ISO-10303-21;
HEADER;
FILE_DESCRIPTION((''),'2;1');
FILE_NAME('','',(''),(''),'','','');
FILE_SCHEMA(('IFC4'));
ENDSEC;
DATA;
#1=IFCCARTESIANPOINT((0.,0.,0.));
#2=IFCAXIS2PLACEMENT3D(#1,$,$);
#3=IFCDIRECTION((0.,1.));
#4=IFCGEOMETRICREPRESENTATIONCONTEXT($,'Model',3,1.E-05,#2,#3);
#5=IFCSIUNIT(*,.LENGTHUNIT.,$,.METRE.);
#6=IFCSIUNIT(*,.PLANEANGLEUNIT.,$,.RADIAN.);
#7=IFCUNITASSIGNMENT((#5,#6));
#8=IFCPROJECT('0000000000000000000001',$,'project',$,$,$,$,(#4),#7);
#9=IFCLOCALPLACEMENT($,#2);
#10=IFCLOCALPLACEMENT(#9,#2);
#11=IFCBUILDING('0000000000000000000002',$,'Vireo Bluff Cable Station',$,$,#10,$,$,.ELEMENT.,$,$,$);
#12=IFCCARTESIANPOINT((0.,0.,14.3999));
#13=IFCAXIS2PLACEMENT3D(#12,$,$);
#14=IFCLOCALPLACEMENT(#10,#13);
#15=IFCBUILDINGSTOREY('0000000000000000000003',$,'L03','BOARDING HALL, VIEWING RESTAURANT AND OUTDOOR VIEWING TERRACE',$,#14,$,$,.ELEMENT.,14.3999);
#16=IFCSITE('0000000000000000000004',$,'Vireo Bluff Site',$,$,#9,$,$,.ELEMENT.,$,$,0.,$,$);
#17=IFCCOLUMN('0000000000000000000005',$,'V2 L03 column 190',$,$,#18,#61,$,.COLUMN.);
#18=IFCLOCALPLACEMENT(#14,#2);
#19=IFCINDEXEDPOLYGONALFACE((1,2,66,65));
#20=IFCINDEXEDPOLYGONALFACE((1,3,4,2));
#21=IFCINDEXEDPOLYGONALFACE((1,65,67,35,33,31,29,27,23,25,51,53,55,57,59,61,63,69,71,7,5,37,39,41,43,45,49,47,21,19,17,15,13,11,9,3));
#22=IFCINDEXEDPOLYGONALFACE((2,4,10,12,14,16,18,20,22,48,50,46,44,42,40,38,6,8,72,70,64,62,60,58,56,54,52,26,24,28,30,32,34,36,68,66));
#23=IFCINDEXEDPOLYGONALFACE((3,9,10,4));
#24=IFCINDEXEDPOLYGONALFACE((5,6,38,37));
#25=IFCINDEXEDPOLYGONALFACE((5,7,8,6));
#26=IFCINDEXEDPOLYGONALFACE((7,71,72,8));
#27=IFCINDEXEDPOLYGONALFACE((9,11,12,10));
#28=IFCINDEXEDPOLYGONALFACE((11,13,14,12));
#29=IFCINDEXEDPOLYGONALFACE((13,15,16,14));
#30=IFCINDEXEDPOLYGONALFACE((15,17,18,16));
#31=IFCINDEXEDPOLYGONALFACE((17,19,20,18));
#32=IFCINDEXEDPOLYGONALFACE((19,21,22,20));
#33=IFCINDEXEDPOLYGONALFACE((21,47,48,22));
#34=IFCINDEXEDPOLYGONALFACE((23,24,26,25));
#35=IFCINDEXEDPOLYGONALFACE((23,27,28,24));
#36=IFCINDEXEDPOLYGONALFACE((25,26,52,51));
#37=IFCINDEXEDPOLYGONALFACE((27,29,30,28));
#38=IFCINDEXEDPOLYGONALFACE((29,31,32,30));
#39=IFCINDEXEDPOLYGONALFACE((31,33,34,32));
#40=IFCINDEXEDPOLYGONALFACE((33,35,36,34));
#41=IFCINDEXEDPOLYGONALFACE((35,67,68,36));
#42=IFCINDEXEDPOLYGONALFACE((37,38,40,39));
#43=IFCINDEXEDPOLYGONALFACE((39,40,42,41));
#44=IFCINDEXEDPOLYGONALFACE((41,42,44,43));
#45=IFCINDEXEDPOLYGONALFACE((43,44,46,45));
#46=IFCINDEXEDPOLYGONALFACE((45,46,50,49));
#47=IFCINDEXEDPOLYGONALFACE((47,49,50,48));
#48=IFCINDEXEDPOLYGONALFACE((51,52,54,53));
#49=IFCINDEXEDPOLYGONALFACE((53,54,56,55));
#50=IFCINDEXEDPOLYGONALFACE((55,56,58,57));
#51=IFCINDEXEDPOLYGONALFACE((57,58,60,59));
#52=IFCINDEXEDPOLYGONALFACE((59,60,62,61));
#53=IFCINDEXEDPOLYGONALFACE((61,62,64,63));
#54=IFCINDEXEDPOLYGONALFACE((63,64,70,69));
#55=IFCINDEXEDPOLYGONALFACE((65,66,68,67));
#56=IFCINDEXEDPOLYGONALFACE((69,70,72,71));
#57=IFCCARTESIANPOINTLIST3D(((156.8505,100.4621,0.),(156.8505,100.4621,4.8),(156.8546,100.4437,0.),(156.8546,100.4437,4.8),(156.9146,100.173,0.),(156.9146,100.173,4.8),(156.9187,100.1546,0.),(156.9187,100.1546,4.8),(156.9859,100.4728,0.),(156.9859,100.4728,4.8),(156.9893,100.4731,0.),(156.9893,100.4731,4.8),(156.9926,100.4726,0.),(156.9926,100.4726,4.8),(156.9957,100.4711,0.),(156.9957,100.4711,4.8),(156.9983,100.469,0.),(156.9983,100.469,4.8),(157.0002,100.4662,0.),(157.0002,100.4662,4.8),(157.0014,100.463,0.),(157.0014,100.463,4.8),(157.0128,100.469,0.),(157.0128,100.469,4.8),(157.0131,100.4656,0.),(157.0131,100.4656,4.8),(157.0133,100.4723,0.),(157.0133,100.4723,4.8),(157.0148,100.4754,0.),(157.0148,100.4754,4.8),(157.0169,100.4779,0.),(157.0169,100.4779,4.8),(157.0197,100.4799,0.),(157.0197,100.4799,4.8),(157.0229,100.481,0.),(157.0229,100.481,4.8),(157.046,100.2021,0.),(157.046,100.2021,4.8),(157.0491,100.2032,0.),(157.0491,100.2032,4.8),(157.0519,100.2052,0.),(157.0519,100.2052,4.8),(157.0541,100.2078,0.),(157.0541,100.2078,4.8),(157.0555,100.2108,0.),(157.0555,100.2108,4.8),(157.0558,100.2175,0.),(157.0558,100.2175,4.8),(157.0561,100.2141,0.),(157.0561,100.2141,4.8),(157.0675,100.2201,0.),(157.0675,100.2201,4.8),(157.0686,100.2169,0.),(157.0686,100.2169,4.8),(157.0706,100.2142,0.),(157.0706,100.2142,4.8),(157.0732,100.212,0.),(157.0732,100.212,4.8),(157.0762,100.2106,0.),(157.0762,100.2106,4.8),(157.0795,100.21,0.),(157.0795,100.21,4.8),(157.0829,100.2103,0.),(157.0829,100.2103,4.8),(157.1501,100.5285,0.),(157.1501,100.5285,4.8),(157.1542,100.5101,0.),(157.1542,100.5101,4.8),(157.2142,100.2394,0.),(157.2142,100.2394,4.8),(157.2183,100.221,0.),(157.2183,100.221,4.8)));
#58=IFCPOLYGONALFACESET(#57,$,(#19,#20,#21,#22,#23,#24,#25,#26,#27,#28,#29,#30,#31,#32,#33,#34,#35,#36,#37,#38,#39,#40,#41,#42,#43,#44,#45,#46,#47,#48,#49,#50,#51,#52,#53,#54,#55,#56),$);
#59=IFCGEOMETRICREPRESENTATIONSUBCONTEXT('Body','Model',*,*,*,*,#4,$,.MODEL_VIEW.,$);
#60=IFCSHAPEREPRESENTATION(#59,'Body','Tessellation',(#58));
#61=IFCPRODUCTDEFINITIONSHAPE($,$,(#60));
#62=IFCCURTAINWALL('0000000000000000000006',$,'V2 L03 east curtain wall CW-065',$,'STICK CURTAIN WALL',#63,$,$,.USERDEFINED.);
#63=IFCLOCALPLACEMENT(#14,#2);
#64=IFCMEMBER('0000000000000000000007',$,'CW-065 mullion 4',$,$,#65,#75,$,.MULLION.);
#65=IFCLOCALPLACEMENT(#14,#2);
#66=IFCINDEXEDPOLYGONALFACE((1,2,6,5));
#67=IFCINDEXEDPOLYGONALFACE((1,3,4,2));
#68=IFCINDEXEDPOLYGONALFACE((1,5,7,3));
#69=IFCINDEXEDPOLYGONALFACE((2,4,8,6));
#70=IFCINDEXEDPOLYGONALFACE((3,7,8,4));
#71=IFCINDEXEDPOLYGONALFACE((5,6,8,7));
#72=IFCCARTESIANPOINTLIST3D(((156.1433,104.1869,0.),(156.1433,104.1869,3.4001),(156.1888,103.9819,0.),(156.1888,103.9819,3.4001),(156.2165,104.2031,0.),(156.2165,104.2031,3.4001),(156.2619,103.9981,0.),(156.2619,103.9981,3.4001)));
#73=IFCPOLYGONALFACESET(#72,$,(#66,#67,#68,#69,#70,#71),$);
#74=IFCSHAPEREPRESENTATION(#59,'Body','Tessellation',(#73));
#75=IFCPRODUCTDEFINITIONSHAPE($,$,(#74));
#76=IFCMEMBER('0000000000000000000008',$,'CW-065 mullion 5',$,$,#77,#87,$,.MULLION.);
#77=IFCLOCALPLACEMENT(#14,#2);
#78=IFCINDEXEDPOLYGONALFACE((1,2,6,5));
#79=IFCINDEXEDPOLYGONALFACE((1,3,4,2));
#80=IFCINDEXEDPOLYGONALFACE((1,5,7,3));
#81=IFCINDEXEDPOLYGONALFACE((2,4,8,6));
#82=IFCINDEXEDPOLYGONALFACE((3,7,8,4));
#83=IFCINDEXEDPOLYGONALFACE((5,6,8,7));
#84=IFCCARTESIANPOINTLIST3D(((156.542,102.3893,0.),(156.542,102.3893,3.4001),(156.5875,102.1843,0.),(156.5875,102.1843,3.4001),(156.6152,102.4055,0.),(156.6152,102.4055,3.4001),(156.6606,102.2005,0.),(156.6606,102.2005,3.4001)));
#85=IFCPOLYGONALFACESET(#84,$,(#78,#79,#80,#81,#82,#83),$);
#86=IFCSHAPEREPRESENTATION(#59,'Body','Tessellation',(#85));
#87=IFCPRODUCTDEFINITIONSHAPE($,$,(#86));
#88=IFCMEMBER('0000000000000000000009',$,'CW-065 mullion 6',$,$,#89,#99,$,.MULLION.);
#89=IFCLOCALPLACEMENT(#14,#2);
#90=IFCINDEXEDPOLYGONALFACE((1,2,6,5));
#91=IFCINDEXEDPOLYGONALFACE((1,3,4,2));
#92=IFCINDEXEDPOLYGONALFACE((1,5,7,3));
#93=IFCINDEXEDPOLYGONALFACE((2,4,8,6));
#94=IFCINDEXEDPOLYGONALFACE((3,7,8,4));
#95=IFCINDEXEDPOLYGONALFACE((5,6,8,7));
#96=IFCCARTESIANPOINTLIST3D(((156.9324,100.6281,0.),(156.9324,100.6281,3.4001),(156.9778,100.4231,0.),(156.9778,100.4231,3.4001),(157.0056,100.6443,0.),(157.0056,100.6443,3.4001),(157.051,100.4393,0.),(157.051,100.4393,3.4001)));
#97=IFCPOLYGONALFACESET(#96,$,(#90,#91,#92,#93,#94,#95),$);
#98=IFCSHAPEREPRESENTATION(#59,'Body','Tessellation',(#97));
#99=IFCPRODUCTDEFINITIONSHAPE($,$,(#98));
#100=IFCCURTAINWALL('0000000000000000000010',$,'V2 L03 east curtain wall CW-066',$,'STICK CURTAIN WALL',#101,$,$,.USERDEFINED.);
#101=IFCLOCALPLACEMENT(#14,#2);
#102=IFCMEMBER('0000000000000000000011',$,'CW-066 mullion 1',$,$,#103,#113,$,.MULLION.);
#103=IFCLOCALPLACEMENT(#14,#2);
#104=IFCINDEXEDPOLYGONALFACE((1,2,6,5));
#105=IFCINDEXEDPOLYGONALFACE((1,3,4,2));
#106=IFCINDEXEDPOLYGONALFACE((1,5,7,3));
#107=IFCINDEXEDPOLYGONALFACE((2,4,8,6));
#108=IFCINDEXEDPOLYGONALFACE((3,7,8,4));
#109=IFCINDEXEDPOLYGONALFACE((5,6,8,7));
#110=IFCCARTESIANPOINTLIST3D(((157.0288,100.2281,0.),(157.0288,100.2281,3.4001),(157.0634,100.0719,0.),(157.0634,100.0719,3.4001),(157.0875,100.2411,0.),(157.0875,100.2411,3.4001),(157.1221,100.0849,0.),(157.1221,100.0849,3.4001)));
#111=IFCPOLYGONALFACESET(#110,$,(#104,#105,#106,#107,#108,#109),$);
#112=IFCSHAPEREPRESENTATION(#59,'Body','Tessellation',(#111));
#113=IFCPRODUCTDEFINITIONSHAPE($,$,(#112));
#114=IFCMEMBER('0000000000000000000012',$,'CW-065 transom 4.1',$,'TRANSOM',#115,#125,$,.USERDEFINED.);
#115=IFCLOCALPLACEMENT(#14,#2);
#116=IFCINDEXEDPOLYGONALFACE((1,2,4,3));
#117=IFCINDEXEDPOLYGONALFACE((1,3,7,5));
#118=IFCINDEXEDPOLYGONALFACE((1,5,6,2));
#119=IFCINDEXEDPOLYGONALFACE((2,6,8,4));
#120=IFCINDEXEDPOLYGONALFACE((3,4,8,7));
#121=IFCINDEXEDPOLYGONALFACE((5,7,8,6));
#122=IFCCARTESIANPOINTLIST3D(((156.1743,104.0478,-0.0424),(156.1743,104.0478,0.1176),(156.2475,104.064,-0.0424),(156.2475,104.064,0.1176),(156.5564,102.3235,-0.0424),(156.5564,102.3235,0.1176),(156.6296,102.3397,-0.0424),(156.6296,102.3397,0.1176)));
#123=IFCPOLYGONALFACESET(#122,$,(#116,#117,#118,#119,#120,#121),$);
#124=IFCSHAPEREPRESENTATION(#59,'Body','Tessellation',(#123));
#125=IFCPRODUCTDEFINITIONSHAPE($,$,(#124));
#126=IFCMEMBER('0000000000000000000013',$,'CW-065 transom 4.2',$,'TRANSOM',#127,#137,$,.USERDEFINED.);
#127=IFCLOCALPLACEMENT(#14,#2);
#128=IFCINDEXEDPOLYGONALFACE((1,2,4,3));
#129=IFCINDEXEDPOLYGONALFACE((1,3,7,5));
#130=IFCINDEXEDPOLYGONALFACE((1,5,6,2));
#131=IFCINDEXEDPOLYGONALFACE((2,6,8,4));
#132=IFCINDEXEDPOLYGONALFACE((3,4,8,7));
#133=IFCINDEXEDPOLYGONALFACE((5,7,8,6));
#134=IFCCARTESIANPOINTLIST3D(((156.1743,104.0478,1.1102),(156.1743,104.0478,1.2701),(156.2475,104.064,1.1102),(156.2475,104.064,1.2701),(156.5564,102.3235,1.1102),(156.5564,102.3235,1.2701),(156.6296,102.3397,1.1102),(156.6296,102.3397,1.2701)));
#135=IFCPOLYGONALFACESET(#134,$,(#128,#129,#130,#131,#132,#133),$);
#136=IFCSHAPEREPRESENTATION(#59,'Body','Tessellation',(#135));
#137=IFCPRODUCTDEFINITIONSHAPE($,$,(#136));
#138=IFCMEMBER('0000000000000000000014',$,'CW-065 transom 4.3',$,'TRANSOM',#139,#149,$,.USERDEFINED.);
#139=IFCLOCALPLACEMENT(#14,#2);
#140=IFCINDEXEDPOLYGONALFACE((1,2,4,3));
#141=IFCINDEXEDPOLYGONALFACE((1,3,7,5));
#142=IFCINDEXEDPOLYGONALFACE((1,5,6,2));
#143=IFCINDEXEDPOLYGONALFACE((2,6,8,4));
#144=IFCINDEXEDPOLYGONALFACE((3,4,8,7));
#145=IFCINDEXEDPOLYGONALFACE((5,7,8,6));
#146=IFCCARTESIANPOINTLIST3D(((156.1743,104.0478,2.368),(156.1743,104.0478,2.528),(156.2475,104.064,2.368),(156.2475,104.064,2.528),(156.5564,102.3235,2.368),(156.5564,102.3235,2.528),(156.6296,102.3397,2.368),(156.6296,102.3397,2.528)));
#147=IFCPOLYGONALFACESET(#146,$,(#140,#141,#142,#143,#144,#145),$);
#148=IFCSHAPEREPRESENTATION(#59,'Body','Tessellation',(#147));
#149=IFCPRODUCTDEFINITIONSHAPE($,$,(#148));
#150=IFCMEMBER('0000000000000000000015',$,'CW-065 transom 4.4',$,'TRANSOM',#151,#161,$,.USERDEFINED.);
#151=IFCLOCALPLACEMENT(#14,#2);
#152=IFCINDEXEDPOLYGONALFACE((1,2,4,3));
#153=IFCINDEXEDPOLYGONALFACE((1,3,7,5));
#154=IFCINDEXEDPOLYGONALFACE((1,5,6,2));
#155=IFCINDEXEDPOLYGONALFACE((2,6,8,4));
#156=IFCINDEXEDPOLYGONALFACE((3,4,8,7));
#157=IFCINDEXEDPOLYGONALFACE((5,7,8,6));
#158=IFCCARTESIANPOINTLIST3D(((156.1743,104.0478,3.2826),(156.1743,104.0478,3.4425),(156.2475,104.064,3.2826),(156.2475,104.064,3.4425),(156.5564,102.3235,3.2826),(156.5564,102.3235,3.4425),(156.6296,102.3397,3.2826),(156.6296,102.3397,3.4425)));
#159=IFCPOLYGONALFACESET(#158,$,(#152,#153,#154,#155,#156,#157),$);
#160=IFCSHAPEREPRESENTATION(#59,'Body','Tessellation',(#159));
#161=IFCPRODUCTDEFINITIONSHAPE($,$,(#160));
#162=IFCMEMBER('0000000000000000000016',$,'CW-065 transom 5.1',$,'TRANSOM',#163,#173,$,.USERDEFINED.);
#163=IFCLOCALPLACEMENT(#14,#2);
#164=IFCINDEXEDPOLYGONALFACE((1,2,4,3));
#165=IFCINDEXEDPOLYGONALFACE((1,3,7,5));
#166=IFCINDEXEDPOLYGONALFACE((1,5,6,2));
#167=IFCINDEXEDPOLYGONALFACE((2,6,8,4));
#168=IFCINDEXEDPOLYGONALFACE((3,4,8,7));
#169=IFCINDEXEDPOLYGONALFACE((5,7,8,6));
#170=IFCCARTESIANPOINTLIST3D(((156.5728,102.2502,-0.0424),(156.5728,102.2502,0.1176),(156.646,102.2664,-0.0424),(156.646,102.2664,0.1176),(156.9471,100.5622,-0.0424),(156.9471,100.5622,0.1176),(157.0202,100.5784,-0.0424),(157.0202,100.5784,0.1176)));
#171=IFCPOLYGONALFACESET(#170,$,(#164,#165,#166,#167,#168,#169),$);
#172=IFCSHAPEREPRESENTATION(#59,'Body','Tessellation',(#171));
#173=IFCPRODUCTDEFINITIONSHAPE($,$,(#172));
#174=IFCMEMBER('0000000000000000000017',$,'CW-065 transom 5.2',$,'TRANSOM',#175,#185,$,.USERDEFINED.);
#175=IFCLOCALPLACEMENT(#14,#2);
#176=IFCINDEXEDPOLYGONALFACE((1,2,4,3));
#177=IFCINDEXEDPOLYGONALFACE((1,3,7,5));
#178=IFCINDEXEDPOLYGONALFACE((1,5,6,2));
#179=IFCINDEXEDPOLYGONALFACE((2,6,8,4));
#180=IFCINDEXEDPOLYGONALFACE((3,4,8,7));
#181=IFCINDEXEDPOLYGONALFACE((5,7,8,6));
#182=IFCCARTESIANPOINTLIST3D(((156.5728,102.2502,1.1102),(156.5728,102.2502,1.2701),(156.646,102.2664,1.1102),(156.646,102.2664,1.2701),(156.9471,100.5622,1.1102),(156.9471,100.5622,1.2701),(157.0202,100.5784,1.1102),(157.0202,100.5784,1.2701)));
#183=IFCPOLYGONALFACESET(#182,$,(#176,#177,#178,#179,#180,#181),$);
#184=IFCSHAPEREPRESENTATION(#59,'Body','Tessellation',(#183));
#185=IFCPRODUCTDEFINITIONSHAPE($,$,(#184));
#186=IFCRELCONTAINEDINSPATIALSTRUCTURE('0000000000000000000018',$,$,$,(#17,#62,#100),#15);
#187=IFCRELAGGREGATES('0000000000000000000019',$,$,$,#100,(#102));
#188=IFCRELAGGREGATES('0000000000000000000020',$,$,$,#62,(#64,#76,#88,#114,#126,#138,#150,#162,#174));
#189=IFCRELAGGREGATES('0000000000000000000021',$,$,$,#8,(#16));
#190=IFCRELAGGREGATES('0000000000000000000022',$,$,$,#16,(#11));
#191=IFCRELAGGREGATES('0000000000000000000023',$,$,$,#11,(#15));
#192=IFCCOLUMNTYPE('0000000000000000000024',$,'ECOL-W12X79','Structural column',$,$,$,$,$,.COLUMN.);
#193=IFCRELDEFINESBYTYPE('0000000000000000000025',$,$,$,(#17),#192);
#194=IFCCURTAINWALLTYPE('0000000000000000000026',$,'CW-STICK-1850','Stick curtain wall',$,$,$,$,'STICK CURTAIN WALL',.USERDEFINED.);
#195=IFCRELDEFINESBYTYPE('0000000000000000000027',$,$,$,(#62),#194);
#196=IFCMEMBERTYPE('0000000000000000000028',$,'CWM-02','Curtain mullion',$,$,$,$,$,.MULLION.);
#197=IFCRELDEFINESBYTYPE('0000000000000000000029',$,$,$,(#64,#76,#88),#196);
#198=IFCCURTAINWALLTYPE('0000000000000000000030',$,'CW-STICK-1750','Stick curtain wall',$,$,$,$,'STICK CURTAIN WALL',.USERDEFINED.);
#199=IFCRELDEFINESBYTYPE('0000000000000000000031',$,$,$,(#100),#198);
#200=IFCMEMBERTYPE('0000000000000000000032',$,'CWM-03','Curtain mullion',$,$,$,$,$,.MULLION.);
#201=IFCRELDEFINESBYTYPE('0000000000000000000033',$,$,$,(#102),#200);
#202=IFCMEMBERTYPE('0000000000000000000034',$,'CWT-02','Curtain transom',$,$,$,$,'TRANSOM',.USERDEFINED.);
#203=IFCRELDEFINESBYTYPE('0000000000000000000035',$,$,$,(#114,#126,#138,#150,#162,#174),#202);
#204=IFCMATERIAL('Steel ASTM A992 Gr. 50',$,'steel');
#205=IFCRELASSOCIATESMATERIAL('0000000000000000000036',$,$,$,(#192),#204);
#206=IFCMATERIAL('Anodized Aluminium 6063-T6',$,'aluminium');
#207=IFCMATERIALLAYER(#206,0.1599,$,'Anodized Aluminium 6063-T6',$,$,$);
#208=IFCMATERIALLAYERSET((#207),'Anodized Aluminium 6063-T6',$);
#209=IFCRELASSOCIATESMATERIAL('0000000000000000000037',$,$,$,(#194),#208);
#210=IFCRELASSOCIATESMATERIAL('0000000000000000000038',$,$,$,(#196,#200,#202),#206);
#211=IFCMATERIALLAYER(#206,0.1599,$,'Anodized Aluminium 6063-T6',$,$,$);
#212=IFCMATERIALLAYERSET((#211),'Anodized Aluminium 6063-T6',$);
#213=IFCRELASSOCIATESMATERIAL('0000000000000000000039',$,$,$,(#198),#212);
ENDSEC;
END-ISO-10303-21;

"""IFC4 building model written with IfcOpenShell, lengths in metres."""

from ifc_helpers import new_model, si_unit, direction, frame, origin, origin_2d, place, context, subcontext, project, spatial, rectangle, i_section, extrude, material, layer, layer_set, material_profile, profile_set, type_object, element, aggregate, save


model = new_model("IFC4")

# Units and contexts
model_context = context("Model", 3, precision=1e-05, world=origin(), true_north=direction((0.0, 1.0)))
body_context = subcontext(model_context, "Body", "Model", "MODEL_VIEW")
ifc_project = project(units=[si_unit("LENGTHUNIT", "METRE"), si_unit("PLANEANGLEUNIT", "RADIAN")], contexts=[model_context])

# Site, building, storey
site_placement = place(None, origin())
site = spatial("IfcSite", under=ifc_project, at=site_placement, Name="Vireo Bluff Site", CompositionType="ELEMENT", RefElevation=0.0)
building_placement = place(site_placement, origin())
building = spatial("IfcBuilding", under=site, at=building_placement, Name="Vireo Bluff Cable Station", CompositionType="ELEMENT")
storey_placement = place(building_placement, frame((0.0, 0.0, 14.3999)))
storey = spatial("IfcBuildingStorey", under=building, at=storey_placement, Name="L03", Description="BOARDING HALL, VIEWING RESTAURANT AND OUTDOOR VIEWING TERRACE", CompositionType="ELEMENT", Elevation=14.3999)

# Column
ifc_material_1 = material(Name="Steel ASTM A992 Gr. 50", Category="steel")
ifc_material_profile_1 = material_profile(ifc_material_1, i_section(OverallWidth=0.3069, OverallDepth=0.3149, WebThickness=0.012, FlangeThickness=0.0188, FilletRadius=0.0129, at=origin_2d()), Name="W12X79")
ifc_profile_set_1 = profile_set([ifc_material_profile_1], Name="Steel ASTM A992 Gr. 50")
column_type = type_object("IfcColumnType", Name="ECOL-W12X79", Description="Structural column", PredefinedType="COLUMN", material=ifc_profile_set_1)
column_placement = place(storey_placement, frame((157.0344, 100.3416, 0.0), z_axis=(0.0, 0.0, 1.0), x_axis=(0.976296, 0.21644, 0.0)))
element("IfcColumn", 1, at=column_placement, inside=storey, type_object=column_type, Name="V2 L03 column 190", PredefinedType="COLUMN", context=body_context, shape_type="SweptSolid", body=[
    extrude(i_section(OverallWidth=0.3069, OverallDepth=0.3149, WebThickness=0.012, FlangeThickness=0.0188, FilletRadius=0.0129, at=origin_2d()), origin(), (0.0, 0.0, 1.0), 4.8),
])

# Curtain wall, members
ifc_material_2 = material(Name="Anodized Aluminium 6063-T6", Category="aluminium")
ifc_layer_1 = layer(ifc_material_2, 0.1599, Name="Anodized Aluminium 6063-T6")
ifc_layer_set_1 = layer_set([ifc_layer_1], Name="Anodized Aluminium 6063-T6")
curtain_wall_type_1 = type_object("IfcCurtainWallType", Name="CW-STICK-1850", Description="Stick curtain wall", ElementType="STICK CURTAIN WALL", PredefinedType="USERDEFINED", material=ifc_layer_set_1)
curtain_wall_1_placement = place(storey_placement, origin())
curtain_wall_1 = element("IfcCurtainWall", 2, at=curtain_wall_1_placement, inside=storey, type_object=curtain_wall_type_1, Name="V2 L03 east curtain wall CW-065", ObjectType="STICK CURTAIN WALL", PredefinedType="USERDEFINED")
ifc_material_profile_2 = material_profile(ifc_material_2, rectangle(XDim=0.075, YDim=0.21, at=origin_2d()), Name="ALU-M-75X210")
ifc_profile_set_2 = profile_set([ifc_material_profile_2], Name="Anodized Aluminium 6063-T6")
member_type_1 = type_object("IfcMemberType", Name="CWM-02", Description="Curtain mullion", PredefinedType="MULLION", material=ifc_profile_set_2)
member_1_placement = place(storey_placement, frame((156.2026, 104.0925, 0.0), z_axis=(0.0, 0.0, 1.0), x_axis=(0.976296, 0.21644, 0.0)))
member_1 = element("IfcMember", 3, at=member_1_placement, type_object=member_type_1, Name="CW-065 mullion 4", PredefinedType="MULLION", context=body_context, shape_type="SweptSolid", body=[
    extrude(rectangle(XDim=0.075, YDim=0.21, at=origin_2d()), origin(), (0.0, 0.0, 1.0), 3.4001),
])
member_2_placement = place(storey_placement, frame((156.6013, 102.2949, 0.0), z_axis=(0.0, 0.0, 1.0), x_axis=(0.976296, 0.21644, 0.0)))
member_2 = element("IfcMember", 4, at=member_2_placement, type_object=member_type_1, Name="CW-065 mullion 5", PredefinedType="MULLION", context=body_context, shape_type="SweptSolid", body=[
    extrude(rectangle(XDim=0.075, YDim=0.21, at=origin_2d()), origin(), (0.0, 0.0, 1.0), 3.4001),
])
member_3_placement = place(storey_placement, frame((156.9917, 100.5337, 0.0), z_axis=(0.0, 0.0, 1.0), x_axis=(0.976296, 0.21644, 0.0)))
member_3 = element("IfcMember", 5, at=member_3_placement, type_object=member_type_1, Name="CW-065 mullion 6", PredefinedType="MULLION", context=body_context, shape_type="SweptSolid", body=[
    extrude(rectangle(XDim=0.075, YDim=0.21, at=origin_2d()), origin(), (0.0, 0.0, 1.0), 3.4001),
])

# Curtain wall, member
ifc_layer_2 = layer(ifc_material_2, 0.1599, Name="Anodized Aluminium 6063-T6")
ifc_layer_set_2 = layer_set([ifc_layer_2], Name="Anodized Aluminium 6063-T6")
curtain_wall_type_2 = type_object("IfcCurtainWallType", Name="CW-STICK-1750", Description="Stick curtain wall", ElementType="STICK CURTAIN WALL", PredefinedType="USERDEFINED", material=ifc_layer_set_2)
curtain_wall_2_placement = place(storey_placement, origin())
curtain_wall_2 = element("IfcCurtainWall", 6, at=curtain_wall_2_placement, inside=storey, type_object=curtain_wall_type_2, Name="V2 L03 east curtain wall CW-066", ObjectType="STICK CURTAIN WALL", PredefinedType="USERDEFINED")
ifc_material_profile_3 = material_profile(ifc_material_2, rectangle(XDim=0.0601, YDim=0.1599, at=origin_2d()), Name="ALU-M-60X160")
ifc_profile_set_3 = profile_set([ifc_material_profile_3], Name="Anodized Aluminium 6063-T6")
member_type_2 = type_object("IfcMemberType", Name="CWM-03", Description="Curtain mullion", PredefinedType="MULLION", material=ifc_profile_set_3)
member_4_placement = place(storey_placement, frame((157.0754, 100.1565, 0.0), z_axis=(0.0, 0.0, 1.0), x_axis=(0.976296, 0.21644, 0.0)))
member_4 = element("IfcMember", 7, at=member_4_placement, type_object=member_type_2, Name="CW-066 mullion 1", PredefinedType="MULLION", context=body_context, shape_type="SweptSolid", body=[
    extrude(rectangle(XDim=0.0601, YDim=0.1599, at=origin_2d()), origin(), (0.0, 0.0, 1.0), 3.4001),
])

# Members
ifc_material_profile_4 = material_profile(ifc_material_2, rectangle(XDim=0.075, YDim=0.1599, at=origin_2d()), Name="ALU-T-75X160")
ifc_profile_set_4 = profile_set([ifc_material_profile_4], Name="Anodized Aluminium 6063-T6")
member_type_3 = type_object("IfcMemberType", Name="CWT-02", Description="Curtain transom", ElementType="TRANSOM", PredefinedType="USERDEFINED", material=ifc_profile_set_4)
member_5_placement = place(storey_placement, frame((156.2109, 104.0559, 0.0376), z_axis=(0.21633, -0.97632, 0.0), x_axis=(0.97632, 0.21633, 0.0)))
member_5 = element("IfcMember", 8, at=member_5_placement, type_object=member_type_3, Name="CW-065 transom 4.1", ObjectType="TRANSOM", PredefinedType="USERDEFINED", context=body_context, shape_type="SweptSolid", body=[
    extrude(rectangle(XDim=0.075, YDim=0.1599, at=origin_2d()), origin(), (0.0, 0.0, 1.0), 1.7661),
])
member_6_placement = place(storey_placement, frame((156.2109, 104.0559, 1.1902), z_axis=(0.21633, -0.97632, 0.0), x_axis=(0.97632, 0.21633, 0.0)))
member_6 = element("IfcMember", 9, at=member_6_placement, type_object=member_type_3, Name="CW-065 transom 4.2", ObjectType="TRANSOM", PredefinedType="USERDEFINED", context=body_context, shape_type="SweptSolid", body=[
    extrude(rectangle(XDim=0.075, YDim=0.1599, at=origin_2d()), origin(), (0.0, 0.0, 1.0), 1.7661),
])
member_7_placement = place(storey_placement, frame((156.2109, 104.0559, 2.448), z_axis=(0.21633, -0.97632, 0.0), x_axis=(0.97632, 0.21633, 0.0)))
member_7 = element("IfcMember", 10, at=member_7_placement, type_object=member_type_3, Name="CW-065 transom 4.3", ObjectType="TRANSOM", PredefinedType="USERDEFINED", context=body_context, shape_type="SweptSolid", body=[
    extrude(rectangle(XDim=0.075, YDim=0.1599, at=origin_2d()), origin(), (0.0, 0.0, 1.0), 1.7661),
])
member_8_placement = place(storey_placement, frame((156.2109, 104.0559, 3.3625), z_axis=(0.21633, -0.97632, 0.0), x_axis=(0.97632, 0.21633, 0.0)))
member_8 = element("IfcMember", 11, at=member_8_placement, type_object=member_type_3, Name="CW-065 transom 4.4", ObjectType="TRANSOM", PredefinedType="USERDEFINED", context=body_context, shape_type="SweptSolid", body=[
    extrude(rectangle(XDim=0.075, YDim=0.1599, at=origin_2d()), origin(), (0.0, 0.0, 1.0), 1.7661),
])
member_9_placement = place(storey_placement, frame((156.6094, 102.2583, 0.0376), z_axis=(0.216467, -0.97629, 0.0), x_axis=(0.97629, 0.216467, 0.0)))
member_9 = element("IfcMember", 12, at=member_9_placement, type_object=member_type_3, Name="CW-065 transom 5.1", ObjectType="TRANSOM", PredefinedType="USERDEFINED", context=body_context, shape_type="SweptSolid", body=[
    extrude(rectangle(XDim=0.075, YDim=0.1599, at=origin_2d()), origin(), (0.0, 0.0, 1.0), 1.729),
])
member_10_placement = place(storey_placement, frame((156.6094, 102.2583, 1.1902), z_axis=(0.216467, -0.97629, 0.0), x_axis=(0.97629, 0.216467, 0.0)))
member_10 = element("IfcMember", 13, at=member_10_placement, type_object=member_type_3, Name="CW-065 transom 5.2", ObjectType="TRANSOM", PredefinedType="USERDEFINED", context=body_context, shape_type="SweptSolid", body=[
    extrude(rectangle(XDim=0.075, YDim=0.1599, at=origin_2d()), origin(), (0.0, 0.0, 1.0), 1.729),
])
aggregate(curtain_wall_2, [member_4])

aggregate(curtain_wall_1, [member_1, member_2, member_3, member_5, member_6, member_7, member_8, member_9, member_10])

save(model, "model.ifc")
